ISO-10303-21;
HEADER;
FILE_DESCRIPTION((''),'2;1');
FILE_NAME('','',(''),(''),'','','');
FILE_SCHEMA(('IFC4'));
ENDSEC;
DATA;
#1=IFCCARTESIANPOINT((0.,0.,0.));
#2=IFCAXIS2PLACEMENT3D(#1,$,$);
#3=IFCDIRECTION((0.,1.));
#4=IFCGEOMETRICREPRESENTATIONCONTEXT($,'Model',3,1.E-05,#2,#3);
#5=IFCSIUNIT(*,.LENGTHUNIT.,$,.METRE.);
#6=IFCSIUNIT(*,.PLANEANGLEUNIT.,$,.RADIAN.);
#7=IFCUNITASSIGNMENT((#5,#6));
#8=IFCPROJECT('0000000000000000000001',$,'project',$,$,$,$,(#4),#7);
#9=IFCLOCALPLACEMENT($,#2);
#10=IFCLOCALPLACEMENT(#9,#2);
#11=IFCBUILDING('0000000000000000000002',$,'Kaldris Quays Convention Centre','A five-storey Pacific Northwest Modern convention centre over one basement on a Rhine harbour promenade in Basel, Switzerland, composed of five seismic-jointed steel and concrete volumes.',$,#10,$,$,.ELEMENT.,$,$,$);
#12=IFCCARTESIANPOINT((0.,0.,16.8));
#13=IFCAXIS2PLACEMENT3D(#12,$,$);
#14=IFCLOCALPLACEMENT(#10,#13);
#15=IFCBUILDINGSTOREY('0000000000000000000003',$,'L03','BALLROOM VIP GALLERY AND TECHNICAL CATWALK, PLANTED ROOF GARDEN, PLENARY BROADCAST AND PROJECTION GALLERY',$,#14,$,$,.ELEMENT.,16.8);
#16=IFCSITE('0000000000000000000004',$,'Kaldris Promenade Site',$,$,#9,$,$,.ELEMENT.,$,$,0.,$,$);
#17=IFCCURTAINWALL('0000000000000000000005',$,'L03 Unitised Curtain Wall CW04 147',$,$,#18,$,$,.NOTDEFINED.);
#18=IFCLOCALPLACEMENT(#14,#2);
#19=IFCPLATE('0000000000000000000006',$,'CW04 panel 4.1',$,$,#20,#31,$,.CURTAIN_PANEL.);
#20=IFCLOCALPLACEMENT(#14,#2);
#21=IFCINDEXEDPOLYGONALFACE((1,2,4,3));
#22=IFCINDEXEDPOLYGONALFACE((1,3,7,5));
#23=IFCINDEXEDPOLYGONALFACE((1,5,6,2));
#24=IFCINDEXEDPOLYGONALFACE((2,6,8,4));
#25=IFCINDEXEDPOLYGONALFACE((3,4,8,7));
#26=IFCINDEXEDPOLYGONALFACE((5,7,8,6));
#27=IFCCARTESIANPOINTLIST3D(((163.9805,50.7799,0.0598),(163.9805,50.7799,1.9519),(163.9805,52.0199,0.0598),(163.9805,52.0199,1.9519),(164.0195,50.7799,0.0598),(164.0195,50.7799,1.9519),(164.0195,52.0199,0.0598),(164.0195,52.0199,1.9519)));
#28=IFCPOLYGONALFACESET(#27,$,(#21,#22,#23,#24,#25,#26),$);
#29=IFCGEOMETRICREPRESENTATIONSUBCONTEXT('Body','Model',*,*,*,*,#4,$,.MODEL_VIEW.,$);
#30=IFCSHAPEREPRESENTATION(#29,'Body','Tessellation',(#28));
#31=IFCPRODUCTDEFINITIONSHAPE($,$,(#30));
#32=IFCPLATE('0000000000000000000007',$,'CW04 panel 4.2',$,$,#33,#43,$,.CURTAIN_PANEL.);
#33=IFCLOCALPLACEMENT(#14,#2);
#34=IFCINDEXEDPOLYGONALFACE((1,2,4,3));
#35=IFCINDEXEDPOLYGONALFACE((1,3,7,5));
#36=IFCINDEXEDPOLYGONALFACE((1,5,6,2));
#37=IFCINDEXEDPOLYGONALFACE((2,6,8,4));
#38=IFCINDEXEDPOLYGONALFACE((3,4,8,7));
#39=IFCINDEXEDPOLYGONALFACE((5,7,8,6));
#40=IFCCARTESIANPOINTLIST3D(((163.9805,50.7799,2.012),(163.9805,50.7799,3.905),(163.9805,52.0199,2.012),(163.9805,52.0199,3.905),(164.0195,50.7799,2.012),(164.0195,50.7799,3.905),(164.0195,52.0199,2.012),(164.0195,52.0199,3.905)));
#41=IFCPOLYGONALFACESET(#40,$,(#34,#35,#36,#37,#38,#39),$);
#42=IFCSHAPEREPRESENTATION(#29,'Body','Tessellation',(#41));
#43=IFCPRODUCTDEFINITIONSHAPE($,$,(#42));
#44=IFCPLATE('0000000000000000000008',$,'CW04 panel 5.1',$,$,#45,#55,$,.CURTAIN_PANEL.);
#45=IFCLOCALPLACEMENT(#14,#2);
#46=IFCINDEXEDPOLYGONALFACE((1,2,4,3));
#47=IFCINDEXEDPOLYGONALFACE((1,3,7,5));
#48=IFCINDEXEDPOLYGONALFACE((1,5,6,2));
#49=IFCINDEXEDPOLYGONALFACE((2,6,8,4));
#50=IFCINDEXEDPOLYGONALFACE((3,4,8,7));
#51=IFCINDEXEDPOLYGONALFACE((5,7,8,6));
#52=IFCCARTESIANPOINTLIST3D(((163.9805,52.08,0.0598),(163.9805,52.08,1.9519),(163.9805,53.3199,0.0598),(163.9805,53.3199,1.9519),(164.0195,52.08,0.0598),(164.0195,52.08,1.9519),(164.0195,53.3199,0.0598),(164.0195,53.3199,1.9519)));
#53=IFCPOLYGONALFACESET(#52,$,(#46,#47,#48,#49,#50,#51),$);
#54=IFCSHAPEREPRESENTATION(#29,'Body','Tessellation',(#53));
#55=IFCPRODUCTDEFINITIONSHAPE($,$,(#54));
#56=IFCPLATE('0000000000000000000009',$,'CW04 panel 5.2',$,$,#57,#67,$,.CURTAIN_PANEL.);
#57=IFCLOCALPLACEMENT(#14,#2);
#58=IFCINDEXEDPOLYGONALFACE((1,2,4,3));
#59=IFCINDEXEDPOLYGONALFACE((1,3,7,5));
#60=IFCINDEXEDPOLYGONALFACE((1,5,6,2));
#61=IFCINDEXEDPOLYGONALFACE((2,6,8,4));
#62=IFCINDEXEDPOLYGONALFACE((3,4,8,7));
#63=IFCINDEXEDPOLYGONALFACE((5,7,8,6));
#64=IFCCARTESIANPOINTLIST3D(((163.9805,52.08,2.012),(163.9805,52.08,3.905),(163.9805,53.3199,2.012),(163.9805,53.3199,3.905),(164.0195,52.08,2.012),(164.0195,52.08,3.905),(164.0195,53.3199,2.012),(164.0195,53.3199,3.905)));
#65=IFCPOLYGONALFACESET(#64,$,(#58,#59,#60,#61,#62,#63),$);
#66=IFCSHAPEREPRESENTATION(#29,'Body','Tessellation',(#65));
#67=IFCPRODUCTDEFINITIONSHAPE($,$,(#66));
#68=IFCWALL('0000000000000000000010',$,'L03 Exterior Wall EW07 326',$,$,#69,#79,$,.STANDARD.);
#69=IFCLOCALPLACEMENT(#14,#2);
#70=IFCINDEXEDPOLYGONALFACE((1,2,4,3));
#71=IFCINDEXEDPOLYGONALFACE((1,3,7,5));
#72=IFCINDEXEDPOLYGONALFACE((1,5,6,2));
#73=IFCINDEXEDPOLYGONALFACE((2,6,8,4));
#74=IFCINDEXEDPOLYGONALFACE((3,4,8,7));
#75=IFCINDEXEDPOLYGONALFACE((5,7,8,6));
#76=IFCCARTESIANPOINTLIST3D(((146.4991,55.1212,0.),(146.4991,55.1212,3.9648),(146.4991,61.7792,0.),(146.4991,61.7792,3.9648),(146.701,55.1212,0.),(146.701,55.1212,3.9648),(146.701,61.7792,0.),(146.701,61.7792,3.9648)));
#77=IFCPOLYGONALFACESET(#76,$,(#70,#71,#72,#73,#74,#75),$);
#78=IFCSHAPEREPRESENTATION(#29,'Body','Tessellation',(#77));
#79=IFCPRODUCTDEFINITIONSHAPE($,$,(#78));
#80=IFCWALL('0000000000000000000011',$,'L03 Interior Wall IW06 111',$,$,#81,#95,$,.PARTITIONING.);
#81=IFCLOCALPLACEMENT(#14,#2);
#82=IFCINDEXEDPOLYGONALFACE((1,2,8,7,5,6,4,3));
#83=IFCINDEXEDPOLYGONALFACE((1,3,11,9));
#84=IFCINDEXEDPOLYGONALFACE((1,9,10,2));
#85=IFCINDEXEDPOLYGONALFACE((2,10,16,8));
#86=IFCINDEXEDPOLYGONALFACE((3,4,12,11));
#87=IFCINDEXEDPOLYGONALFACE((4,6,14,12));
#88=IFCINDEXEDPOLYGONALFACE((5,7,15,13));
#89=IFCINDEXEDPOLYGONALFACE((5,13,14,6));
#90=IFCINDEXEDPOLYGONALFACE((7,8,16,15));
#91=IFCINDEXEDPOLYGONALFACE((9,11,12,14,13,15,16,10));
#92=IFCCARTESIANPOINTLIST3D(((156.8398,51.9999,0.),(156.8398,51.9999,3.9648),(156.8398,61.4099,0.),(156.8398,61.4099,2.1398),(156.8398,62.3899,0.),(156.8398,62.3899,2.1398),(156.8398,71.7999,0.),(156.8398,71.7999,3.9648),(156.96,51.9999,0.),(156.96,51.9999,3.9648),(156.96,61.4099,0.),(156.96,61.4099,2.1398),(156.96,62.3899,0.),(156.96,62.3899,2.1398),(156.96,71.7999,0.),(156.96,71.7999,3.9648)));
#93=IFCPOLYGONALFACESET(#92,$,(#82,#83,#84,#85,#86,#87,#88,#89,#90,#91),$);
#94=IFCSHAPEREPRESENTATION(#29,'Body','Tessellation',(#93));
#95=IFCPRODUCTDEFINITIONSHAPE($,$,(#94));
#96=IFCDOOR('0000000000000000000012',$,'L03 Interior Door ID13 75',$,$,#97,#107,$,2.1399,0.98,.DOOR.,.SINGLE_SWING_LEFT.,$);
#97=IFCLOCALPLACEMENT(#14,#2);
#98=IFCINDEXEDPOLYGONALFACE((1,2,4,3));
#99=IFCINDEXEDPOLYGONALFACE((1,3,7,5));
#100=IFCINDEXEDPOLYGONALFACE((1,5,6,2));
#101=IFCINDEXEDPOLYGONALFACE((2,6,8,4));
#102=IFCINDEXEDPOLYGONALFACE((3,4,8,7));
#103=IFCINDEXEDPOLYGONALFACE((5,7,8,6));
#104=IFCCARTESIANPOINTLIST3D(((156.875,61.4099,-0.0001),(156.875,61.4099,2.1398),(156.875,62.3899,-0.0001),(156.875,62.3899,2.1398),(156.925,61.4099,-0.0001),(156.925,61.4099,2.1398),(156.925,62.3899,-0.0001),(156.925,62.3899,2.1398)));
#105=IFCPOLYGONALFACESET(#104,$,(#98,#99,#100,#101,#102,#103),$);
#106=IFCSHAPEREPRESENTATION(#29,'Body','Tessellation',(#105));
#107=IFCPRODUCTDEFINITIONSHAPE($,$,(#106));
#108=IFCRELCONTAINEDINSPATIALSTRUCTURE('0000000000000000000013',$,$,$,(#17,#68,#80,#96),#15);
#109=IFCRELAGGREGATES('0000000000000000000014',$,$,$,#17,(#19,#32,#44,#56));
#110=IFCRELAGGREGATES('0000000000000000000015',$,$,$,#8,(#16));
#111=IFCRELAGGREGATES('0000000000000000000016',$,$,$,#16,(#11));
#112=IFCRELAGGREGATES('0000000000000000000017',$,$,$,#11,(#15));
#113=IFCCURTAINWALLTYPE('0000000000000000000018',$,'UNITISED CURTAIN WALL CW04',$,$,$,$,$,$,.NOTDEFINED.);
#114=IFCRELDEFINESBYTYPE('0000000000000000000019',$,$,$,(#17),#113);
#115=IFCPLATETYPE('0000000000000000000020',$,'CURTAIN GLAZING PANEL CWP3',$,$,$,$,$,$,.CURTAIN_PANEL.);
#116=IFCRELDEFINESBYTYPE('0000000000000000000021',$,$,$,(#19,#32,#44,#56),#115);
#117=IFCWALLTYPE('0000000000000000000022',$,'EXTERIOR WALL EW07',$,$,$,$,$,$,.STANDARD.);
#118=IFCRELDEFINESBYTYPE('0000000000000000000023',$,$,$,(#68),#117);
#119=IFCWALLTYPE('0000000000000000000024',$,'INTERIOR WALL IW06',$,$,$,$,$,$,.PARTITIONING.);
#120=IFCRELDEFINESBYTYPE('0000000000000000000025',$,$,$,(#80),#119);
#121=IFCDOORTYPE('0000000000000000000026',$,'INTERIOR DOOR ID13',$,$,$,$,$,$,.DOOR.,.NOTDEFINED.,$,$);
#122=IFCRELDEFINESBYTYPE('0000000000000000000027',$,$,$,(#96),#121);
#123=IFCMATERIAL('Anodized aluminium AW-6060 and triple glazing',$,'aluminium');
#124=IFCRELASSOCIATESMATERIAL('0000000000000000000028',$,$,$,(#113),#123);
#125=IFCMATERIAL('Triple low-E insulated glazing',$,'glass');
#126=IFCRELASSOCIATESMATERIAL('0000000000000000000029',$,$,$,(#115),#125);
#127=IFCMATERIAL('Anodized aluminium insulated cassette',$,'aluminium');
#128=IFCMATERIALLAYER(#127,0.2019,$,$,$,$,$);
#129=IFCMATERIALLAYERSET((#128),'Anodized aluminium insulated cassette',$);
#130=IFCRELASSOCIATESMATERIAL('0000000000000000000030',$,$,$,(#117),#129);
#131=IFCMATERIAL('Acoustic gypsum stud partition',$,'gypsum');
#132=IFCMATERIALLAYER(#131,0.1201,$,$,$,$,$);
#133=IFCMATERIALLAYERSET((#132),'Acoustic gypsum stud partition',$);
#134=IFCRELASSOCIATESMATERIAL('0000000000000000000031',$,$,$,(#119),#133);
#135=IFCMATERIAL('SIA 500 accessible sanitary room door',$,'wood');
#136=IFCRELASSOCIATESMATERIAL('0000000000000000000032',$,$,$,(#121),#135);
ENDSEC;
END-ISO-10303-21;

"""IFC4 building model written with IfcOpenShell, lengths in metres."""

from ifc_helpers import new_model, si_unit, direction, frame, frame_2d, origin, origin_2d, place, context, subcontext, project, spatial, rectangle, extrude, material, layer, layer_set, type_object, element, fill, aggregate, save


model = new_model("IFC4")

# Units and contexts
model_context = context("Model", 3, precision=1e-05, world=origin(), true_north=direction((0.0, 1.0)))
body_context = subcontext(model_context, "Body", "Model", "MODEL_VIEW")
ifc_project = project(units=[si_unit("LENGTHUNIT", "METRE"), si_unit("PLANEANGLEUNIT", "RADIAN")], contexts=[model_context])

# Site, building, storey
site_placement = place(None, origin())
site = spatial("IfcSite", under=ifc_project, at=site_placement, Name="Kaldris Promenade Site", CompositionType="ELEMENT", RefElevation=0.0)
building_placement = place(site_placement, origin())
building = spatial("IfcBuilding", under=site, at=building_placement, Name="Kaldris Quays Convention Centre", Description="A five-storey Pacific Northwest Modern convention centre over one basement on a Rhine harbour promenade in Basel, Switzerland, composed of five seismic-jointed steel and concrete volumes.", CompositionType="ELEMENT")
storey_placement = place(building_placement, frame((0.0, 0.0, 16.8)))
storey = spatial("IfcBuildingStorey", under=building, at=storey_placement, Name="L03", Description="BALLROOM VIP GALLERY AND TECHNICAL CATWALK, PLANTED ROOF GARDEN, PLENARY BROADCAST AND PROJECTION GALLERY", CompositionType="ELEMENT", Elevation=16.8)

# Curtain wall
ifc_material_1 = material(Name="Anodized aluminium AW-6060 and triple glazing", Category="aluminium")
curtain_wall_type = type_object("IfcCurtainWallType", Name="UNITISED CURTAIN WALL CW04", PredefinedType="NOTDEFINED", material=ifc_material_1)
curtain_wall_placement = place(storey_placement, origin())
curtain_wall = element("IfcCurtainWall", 1, at=curtain_wall_placement, inside=storey, type_object=curtain_wall_type, Name="L03 Unitised Curtain Wall CW04 147", PredefinedType="NOTDEFINED")

# Plates
ifc_material_2 = material(Name="Triple low-E insulated glazing", Category="glass")
plate_type = type_object("IfcPlateType", Name="CURTAIN GLAZING PANEL CWP3", PredefinedType="CURTAIN_PANEL", material=ifc_material_2)
plate_1_placement = place(storey_placement, frame((164.0, 51.3999, 0.0598), z_axis=(0.0, 0.0, 1.0), x_axis=(0.0, 1.0, 0.0)))
plate_1 = element("IfcPlate", 2, at=plate_1_placement, type_object=plate_type, Name="CW04 panel 4.1", PredefinedType="CURTAIN_PANEL", context=body_context, shape_type="SweptSolid", body=[
    extrude(rectangle(XDim=1.24, YDim=0.0391, at=origin_2d()), origin(), (0.0, 0.0, 1.0), 1.8921),
])
plate_2_placement = place(storey_placement, frame((164.0, 51.3999, 2.012), z_axis=(0.0, 0.0, 1.0), x_axis=(0.0, 1.0, 0.0)))
plate_2 = element("IfcPlate", 3, at=plate_2_placement, type_object=plate_type, Name="CW04 panel 4.2", PredefinedType="CURTAIN_PANEL", context=body_context, shape_type="SweptSolid", body=[
    extrude(rectangle(XDim=1.24, YDim=0.0391, at=origin_2d()), origin(), (0.0, 0.0, 1.0), 1.8931),
])
plate_3_placement = place(storey_placement, frame((164.0, 52.7, 0.0598), z_axis=(0.0, 0.0, 1.0), x_axis=(0.0, 1.0, 0.0)))
plate_3 = element("IfcPlate", 4, at=plate_3_placement, type_object=plate_type, Name="CW04 panel 5.1", PredefinedType="CURTAIN_PANEL", context=body_context, shape_type="SweptSolid", body=[
    extrude(rectangle(XDim=1.24, YDim=0.0391, at=origin_2d()), origin(), (0.0, 0.0, 1.0), 1.8921),
])
plate_4_placement = place(storey_placement, frame((164.0, 52.7, 2.012), z_axis=(0.0, 0.0, 1.0), x_axis=(0.0, 1.0, 0.0)))
plate_4 = element("IfcPlate", 5, at=plate_4_placement, type_object=plate_type, Name="CW04 panel 5.2", PredefinedType="CURTAIN_PANEL", context=body_context, shape_type="SweptSolid", body=[
    extrude(rectangle(XDim=1.24, YDim=0.0391, at=origin_2d()), origin(), (0.0, 0.0, 1.0), 1.8931),
])
aggregate(curtain_wall, [plate_1, plate_2, plate_3, plate_4])

# Wall
ifc_material_3 = material(Name="Anodized aluminium insulated cassette", Category="aluminium")
ifc_layer_1 = layer(ifc_material_3, 0.2019)
ifc_layer_set_1 = layer_set([ifc_layer_1], Name="Anodized aluminium insulated cassette")
wall_type_1 = type_object("IfcWallType", Name="EXTERIOR WALL EW07", PredefinedType="STANDARD", material=ifc_layer_set_1)
wall_1_placement = place(storey_placement, frame((146.6001, 55.1211, 0.0), z_axis=(0.0, 0.0, 1.0), x_axis=(0.0, 1.0, 0.0)))
element("IfcWall", 6, at=wall_1_placement, inside=storey, type_object=wall_type_1, Name="L03 Exterior Wall EW07 326", PredefinedType="STANDARD", context=body_context, shape_type="SweptSolid", body=[
    extrude(rectangle(XDim=6.658, YDim=0.2019, at=frame_2d((3.3291, 0.0))), origin(), (0.0, 0.0, 1.0), 3.9648),
])

# Wall, opening, door
ifc_material_4 = material(Name="Acoustic gypsum stud partition", Category="gypsum")
ifc_layer_2 = layer(ifc_material_4, 0.1201)
ifc_layer_set_2 = layer_set([ifc_layer_2], Name="Acoustic gypsum stud partition")
wall_type_2 = type_object("IfcWallType", Name="INTERIOR WALL IW06", PredefinedType="PARTITIONING", material=ifc_layer_set_2)
wall_2_placement = place(storey_placement, frame((156.8999, 52.0, 0.0), z_axis=(0.0, 0.0, 1.0), x_axis=(0.0, 1.0, 0.0)))
wall_2 = element("IfcWall", 7, at=wall_2_placement, inside=storey, type_object=wall_type_2, Name="L03 Interior Wall IW06 111", PredefinedType="PARTITIONING", context=body_context, shape_type="SweptSolid", body=[
    extrude(rectangle(XDim=19.8, YDim=0.1201, at=frame_2d((9.8999, 0.0))), origin(), (0.0, 0.0, 1.0), 3.9648),
])
opening_placement = place(wall_2_placement, frame((9.4099, 0.0, 0.0)))
opening = element("IfcOpeningElement", 8, at=opening_placement, cuts=wall_2, PredefinedType="OPENING", context=body_context, shape_type="SweptSolid", body=[
    extrude(rectangle(XDim=0.98, YDim=2.1399, at=frame_2d((0.49, 1.0698))), frame((0.0, 0.0701, 0.0), z_axis=(0.0, -1.0, 0.0), x_axis=(1.0, 0.0, 0.0)), (0.0, 0.0, 1.0), 0.1401),
])
ifc_material_5 = material(Name="SIA 500 accessible sanitary room door", Category="wood")
door_type = type_object("IfcDoorType", Name="INTERIOR DOOR ID13", OperationType="NOTDEFINED", PredefinedType="DOOR", material=ifc_material_5)
door_placement = place(opening_placement, origin())
door = element("IfcDoor", 9, at=door_placement, inside=storey, type_object=door_type, Name="L03 Interior Door ID13 75", OperationType="SINGLE_SWING_LEFT", OverallHeight=2.1399, OverallWidth=0.98, PredefinedType="DOOR", context=body_context, shape_type="SweptSolid", body=[
    extrude(rectangle(XDim=0.98, YDim=2.1399, at=frame_2d((0.49, 1.0698))), frame((0.0, 0.0249, 0.0), z_axis=(0.0, -1.0, 0.0), x_axis=(1.0, 0.0, 0.0)), (0.0, 0.0, 1.0), 0.05),
])
fill(opening, door)

save(model, "model.ifc")
